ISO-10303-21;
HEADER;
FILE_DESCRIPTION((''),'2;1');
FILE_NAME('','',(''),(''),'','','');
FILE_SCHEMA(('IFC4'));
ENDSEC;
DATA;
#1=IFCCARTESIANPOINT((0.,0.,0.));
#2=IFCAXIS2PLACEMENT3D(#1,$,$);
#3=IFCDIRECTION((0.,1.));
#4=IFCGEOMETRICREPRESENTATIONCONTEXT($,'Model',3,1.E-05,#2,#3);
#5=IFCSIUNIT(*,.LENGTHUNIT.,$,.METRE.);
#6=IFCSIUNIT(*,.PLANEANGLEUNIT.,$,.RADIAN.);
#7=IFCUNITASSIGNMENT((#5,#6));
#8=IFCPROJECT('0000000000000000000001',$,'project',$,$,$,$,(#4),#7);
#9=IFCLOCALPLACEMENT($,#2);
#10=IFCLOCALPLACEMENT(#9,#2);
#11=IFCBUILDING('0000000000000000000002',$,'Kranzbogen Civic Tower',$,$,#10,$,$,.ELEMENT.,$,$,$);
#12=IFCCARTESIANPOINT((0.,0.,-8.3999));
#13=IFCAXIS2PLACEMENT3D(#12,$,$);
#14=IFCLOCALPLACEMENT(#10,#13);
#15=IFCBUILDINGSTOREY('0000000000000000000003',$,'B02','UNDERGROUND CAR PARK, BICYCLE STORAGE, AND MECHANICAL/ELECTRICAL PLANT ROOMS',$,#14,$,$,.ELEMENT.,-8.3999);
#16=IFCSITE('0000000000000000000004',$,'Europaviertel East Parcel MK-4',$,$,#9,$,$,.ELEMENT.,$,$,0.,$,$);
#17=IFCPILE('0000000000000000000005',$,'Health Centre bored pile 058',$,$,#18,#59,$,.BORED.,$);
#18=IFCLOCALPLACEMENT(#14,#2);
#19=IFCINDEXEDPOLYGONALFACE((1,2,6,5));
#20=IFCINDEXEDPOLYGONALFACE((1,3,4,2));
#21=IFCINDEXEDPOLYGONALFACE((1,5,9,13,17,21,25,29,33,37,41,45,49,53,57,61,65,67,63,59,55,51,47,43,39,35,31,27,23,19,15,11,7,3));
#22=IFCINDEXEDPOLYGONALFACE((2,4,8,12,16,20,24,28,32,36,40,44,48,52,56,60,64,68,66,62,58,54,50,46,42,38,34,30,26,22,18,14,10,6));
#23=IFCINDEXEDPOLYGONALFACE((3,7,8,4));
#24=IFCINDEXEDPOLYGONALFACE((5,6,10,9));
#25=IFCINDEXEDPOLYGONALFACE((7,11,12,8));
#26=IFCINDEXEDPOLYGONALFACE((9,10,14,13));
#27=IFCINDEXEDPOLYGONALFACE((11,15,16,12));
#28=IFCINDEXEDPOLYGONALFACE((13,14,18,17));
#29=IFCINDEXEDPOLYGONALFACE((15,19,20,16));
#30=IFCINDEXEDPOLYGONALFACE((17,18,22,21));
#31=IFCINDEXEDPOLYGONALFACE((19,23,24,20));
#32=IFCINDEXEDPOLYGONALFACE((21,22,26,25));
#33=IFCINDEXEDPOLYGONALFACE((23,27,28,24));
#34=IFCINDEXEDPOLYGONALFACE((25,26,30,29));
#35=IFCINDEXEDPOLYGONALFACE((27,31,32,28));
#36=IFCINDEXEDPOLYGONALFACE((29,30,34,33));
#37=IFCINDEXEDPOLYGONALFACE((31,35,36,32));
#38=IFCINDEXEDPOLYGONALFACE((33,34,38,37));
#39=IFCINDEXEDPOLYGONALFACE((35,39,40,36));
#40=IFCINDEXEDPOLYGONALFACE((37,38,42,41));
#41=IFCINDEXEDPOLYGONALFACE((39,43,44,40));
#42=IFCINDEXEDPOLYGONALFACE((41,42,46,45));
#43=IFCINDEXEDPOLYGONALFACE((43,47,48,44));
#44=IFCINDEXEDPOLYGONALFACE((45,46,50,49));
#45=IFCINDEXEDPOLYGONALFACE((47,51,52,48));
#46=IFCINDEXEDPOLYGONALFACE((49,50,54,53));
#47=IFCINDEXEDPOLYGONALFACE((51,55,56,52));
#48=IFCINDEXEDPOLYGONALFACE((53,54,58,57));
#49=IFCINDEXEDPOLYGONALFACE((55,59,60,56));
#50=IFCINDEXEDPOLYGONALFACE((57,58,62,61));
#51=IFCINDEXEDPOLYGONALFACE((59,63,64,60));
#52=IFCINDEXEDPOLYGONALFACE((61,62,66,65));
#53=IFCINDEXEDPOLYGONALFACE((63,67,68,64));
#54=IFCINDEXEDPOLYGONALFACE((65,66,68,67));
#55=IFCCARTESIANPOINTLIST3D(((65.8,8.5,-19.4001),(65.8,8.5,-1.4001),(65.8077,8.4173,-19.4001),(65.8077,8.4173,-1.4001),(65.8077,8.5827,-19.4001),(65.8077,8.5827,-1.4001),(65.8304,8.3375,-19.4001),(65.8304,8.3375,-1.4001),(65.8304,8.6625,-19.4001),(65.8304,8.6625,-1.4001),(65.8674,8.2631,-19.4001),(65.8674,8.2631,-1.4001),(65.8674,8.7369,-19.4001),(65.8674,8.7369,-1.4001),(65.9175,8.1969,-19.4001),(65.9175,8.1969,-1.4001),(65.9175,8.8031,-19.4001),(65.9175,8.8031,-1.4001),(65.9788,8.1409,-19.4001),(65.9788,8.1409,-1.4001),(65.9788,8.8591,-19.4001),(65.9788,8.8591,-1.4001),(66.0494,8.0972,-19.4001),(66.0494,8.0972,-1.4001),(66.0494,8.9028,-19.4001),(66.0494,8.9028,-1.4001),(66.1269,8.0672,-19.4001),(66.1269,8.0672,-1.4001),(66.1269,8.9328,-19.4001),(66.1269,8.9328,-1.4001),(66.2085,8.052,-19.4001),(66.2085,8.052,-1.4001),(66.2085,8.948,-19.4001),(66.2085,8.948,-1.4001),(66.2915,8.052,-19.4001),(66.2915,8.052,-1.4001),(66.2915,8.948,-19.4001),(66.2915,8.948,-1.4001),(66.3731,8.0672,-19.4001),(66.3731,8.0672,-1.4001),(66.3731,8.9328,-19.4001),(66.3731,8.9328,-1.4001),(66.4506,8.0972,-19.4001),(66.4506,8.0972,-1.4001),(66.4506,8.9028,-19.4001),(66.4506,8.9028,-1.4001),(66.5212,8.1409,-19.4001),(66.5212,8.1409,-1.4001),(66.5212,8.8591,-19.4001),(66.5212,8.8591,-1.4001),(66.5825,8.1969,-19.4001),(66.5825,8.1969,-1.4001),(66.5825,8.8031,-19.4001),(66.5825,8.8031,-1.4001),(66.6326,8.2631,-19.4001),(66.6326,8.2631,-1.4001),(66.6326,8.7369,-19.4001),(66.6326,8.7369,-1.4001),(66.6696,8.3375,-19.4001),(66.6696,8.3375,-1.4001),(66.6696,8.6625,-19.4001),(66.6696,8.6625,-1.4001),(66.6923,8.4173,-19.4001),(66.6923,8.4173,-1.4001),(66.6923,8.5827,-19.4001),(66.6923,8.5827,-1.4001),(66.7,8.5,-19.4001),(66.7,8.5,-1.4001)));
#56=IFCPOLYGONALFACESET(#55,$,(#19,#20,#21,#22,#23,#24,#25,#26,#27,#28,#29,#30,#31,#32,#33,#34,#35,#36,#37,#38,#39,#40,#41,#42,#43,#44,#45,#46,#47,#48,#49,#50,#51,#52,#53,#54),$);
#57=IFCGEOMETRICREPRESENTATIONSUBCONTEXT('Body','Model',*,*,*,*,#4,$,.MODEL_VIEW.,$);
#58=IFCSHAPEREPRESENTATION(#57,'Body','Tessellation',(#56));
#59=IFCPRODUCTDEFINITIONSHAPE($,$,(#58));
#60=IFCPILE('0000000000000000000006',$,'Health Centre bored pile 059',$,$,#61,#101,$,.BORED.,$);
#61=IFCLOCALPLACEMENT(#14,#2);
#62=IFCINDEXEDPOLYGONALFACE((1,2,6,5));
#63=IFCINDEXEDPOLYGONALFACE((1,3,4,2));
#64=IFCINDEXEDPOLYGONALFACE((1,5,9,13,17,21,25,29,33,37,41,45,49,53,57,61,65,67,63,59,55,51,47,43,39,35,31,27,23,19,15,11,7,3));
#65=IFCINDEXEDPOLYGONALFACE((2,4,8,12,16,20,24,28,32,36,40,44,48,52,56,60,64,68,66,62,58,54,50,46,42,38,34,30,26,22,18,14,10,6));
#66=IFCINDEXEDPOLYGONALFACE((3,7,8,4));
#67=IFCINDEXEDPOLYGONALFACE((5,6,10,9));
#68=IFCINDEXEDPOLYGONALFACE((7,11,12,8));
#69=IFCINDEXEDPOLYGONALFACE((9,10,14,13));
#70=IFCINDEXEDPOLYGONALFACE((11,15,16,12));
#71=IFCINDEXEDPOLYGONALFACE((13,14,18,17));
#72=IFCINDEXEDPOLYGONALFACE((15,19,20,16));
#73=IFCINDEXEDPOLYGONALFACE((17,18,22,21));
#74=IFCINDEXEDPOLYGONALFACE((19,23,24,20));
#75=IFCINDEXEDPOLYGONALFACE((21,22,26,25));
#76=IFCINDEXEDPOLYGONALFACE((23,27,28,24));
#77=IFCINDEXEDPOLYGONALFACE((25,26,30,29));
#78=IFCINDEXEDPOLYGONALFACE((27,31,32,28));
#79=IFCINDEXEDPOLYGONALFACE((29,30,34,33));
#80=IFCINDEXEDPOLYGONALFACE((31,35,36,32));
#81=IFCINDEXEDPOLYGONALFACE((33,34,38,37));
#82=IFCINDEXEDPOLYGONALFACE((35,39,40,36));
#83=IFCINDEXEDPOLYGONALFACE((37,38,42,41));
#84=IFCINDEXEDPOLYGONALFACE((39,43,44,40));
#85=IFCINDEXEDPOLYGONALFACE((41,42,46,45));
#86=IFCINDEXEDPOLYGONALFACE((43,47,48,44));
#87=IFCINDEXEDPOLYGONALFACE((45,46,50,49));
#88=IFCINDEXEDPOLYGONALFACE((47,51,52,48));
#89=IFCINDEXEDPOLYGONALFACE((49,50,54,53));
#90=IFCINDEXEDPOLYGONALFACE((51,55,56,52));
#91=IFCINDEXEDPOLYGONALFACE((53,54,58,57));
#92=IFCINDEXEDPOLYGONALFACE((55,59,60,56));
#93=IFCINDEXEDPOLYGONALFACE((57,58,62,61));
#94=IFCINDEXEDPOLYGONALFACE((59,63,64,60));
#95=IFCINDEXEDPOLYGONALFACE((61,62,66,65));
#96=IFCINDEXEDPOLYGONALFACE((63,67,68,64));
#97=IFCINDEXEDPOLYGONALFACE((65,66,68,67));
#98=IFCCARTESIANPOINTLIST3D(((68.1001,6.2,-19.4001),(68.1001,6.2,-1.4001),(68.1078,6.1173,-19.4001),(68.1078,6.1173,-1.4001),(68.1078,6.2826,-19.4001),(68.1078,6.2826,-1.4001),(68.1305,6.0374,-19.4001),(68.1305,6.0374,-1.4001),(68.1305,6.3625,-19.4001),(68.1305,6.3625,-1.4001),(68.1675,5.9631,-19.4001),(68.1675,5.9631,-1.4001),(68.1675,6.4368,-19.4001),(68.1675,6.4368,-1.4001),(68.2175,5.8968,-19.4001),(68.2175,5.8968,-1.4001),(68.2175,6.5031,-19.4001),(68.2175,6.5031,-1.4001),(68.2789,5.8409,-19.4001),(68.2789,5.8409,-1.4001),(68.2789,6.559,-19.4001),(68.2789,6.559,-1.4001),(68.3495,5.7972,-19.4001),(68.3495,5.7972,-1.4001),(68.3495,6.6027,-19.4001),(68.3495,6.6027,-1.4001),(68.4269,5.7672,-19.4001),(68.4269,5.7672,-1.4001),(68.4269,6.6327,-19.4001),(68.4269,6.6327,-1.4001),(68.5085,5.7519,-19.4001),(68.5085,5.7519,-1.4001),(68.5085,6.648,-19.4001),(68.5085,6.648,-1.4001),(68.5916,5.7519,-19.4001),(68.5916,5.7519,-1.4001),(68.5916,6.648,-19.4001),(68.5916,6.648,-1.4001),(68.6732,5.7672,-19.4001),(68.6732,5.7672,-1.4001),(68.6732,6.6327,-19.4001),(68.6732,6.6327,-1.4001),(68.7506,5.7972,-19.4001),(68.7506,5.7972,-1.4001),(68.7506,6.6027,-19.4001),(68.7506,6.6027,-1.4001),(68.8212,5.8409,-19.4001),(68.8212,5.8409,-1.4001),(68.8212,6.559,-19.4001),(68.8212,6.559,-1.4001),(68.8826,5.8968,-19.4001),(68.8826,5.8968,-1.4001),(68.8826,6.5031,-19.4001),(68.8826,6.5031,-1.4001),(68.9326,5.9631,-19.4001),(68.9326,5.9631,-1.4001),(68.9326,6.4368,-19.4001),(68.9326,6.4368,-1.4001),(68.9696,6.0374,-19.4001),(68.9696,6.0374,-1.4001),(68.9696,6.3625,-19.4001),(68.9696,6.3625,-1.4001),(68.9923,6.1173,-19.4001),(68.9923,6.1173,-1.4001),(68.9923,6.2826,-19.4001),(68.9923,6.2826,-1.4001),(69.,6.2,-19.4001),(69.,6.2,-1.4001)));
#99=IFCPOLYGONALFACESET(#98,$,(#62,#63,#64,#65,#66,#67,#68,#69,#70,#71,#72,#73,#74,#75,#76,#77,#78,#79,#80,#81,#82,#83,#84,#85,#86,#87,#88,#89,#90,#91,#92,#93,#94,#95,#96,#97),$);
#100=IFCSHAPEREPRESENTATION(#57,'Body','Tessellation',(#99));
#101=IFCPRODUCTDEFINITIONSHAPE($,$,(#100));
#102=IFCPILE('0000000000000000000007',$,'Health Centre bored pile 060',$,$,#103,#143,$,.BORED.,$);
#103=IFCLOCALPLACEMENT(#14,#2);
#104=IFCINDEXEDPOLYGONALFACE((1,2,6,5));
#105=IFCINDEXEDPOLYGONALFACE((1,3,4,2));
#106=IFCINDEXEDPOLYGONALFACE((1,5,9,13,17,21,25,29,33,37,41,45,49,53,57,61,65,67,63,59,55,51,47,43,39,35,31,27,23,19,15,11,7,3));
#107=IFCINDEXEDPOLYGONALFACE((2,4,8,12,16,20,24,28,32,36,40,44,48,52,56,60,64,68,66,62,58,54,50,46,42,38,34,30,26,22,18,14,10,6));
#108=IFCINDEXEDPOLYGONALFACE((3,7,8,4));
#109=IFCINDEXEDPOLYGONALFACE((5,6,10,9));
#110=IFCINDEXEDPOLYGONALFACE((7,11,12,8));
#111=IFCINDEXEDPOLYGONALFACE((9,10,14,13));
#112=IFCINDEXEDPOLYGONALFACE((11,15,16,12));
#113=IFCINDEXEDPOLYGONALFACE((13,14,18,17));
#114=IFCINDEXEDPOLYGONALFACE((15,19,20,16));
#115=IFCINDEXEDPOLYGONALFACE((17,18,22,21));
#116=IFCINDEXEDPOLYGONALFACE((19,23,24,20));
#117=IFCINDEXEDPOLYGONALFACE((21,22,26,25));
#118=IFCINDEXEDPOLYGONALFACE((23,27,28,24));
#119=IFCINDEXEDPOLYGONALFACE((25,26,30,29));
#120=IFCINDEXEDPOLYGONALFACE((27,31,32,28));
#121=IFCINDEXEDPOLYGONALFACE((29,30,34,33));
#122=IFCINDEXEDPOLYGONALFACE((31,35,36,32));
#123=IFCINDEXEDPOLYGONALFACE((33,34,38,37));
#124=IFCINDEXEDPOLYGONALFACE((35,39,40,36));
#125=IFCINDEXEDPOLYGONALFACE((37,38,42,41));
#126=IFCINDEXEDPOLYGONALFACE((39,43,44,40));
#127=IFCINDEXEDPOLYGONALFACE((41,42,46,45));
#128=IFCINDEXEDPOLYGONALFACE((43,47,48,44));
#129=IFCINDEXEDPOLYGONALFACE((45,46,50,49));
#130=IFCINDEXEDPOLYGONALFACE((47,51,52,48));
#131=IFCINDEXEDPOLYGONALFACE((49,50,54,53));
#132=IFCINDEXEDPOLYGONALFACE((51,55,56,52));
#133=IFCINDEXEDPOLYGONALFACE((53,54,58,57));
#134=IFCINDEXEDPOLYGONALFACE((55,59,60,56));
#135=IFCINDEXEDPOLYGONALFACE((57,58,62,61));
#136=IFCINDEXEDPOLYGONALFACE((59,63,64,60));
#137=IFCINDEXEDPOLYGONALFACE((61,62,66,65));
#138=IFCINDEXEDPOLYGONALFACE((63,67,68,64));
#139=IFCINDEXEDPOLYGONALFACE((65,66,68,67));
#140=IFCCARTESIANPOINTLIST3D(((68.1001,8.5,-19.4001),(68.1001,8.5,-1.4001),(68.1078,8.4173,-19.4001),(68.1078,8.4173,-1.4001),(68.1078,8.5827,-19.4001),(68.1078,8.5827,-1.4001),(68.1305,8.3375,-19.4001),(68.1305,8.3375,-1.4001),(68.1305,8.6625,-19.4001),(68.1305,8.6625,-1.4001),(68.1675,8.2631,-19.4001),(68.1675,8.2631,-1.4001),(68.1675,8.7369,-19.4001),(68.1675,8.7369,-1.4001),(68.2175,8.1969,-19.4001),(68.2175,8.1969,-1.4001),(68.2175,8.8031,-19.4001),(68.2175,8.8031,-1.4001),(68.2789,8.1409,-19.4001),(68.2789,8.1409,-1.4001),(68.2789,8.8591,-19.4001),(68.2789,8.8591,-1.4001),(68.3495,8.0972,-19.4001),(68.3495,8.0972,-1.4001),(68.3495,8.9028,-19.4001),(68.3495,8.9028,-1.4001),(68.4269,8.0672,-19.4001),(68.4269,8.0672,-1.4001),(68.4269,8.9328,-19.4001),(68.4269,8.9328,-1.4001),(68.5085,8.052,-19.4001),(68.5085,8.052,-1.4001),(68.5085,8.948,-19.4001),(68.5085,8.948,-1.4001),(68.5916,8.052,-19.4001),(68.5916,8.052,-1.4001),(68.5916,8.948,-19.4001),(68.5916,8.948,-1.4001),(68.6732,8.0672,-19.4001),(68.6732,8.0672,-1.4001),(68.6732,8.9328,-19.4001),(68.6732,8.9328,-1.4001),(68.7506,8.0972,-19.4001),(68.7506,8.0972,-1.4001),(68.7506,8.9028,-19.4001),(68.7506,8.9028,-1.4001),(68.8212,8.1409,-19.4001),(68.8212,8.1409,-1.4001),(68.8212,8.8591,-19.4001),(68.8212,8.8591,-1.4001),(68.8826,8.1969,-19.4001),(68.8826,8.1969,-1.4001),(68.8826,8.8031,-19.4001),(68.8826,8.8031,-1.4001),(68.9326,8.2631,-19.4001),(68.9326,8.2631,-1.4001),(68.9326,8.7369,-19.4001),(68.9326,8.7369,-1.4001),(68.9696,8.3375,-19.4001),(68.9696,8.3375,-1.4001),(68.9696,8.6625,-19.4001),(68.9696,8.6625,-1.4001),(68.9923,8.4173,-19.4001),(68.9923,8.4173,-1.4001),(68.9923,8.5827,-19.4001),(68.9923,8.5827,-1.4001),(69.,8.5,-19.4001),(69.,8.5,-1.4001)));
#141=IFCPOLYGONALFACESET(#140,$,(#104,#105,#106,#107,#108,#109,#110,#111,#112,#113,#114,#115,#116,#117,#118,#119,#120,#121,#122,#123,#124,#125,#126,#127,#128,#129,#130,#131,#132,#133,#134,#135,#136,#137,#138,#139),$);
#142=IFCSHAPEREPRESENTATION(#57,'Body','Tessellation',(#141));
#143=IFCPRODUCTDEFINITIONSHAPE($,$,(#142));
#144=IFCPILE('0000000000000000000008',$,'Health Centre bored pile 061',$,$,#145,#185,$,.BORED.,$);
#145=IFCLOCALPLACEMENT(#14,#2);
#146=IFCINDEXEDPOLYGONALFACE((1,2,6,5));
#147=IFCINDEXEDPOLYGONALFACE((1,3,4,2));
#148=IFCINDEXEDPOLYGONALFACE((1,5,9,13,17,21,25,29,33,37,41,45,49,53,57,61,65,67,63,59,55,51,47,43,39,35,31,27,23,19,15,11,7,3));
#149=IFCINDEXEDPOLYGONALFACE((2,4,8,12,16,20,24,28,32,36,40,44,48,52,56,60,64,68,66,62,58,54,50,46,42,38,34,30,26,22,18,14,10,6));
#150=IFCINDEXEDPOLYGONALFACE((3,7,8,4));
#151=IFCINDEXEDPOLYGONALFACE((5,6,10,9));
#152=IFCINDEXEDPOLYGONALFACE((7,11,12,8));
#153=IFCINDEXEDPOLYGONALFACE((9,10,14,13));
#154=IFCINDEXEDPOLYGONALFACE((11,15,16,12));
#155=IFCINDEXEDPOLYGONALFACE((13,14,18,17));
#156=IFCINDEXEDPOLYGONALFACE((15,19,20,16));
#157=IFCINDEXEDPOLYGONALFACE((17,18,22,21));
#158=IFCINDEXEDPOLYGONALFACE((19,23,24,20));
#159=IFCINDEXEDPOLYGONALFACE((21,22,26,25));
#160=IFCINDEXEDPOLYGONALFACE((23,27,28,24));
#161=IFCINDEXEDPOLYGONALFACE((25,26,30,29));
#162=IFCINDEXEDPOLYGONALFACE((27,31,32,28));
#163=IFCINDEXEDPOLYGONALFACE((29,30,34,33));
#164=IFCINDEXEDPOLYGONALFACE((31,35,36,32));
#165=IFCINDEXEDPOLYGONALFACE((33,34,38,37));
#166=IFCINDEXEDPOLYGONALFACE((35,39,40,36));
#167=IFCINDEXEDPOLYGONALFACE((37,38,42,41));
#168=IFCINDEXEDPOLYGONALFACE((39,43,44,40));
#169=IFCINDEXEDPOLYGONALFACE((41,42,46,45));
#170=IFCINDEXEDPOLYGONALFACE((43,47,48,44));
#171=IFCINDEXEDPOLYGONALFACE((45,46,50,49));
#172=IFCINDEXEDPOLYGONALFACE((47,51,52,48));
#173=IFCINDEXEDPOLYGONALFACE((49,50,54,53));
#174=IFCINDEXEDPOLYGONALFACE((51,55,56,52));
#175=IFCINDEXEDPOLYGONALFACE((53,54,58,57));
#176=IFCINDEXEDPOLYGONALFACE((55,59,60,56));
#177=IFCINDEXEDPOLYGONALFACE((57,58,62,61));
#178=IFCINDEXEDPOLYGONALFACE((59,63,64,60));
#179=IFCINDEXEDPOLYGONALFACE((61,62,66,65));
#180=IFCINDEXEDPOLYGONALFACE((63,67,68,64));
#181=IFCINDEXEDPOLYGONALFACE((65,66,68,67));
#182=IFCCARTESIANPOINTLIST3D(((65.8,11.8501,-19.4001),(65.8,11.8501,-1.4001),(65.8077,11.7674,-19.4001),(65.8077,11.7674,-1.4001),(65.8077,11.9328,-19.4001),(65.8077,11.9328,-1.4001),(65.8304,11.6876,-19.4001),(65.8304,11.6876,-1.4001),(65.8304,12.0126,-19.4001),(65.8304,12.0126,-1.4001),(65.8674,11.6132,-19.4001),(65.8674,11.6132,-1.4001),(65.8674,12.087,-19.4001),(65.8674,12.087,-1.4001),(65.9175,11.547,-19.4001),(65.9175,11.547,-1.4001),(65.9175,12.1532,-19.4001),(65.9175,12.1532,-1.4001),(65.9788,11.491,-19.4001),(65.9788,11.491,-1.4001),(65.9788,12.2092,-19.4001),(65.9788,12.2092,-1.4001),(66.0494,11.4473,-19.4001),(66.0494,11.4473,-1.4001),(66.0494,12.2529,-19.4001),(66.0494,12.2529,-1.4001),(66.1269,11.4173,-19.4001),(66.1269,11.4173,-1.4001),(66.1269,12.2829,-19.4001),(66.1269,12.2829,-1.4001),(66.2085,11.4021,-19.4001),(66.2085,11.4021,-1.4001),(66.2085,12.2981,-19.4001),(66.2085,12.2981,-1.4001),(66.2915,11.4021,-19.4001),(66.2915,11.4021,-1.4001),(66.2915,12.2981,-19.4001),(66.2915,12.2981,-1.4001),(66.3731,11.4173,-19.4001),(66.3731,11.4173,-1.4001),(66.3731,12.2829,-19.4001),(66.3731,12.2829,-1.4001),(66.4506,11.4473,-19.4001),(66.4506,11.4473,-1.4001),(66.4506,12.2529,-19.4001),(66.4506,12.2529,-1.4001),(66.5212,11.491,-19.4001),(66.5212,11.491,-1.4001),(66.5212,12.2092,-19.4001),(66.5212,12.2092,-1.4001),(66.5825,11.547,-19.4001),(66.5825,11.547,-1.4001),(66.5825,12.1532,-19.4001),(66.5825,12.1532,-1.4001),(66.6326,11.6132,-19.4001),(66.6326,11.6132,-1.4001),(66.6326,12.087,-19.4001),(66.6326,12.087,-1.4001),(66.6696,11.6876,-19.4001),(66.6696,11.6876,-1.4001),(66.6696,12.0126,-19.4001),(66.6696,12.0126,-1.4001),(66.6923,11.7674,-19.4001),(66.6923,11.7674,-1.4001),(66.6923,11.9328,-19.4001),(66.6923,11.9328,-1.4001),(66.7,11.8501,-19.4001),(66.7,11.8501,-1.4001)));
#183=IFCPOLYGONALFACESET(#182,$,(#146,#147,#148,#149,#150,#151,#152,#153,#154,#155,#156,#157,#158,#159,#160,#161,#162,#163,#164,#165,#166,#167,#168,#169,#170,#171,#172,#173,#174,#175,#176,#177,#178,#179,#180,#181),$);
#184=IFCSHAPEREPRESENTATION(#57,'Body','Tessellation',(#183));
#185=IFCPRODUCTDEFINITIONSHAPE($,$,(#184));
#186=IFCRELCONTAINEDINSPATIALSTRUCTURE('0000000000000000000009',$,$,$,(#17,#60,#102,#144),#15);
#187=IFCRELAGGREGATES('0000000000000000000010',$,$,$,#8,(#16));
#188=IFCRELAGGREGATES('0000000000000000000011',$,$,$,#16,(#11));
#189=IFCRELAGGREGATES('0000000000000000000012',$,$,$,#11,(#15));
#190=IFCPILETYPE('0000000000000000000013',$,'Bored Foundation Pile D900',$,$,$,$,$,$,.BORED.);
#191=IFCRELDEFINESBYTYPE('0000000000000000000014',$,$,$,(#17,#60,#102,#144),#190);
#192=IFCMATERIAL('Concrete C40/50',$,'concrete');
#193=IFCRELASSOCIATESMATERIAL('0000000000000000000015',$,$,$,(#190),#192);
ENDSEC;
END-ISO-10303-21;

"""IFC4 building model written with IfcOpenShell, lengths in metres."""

from ifc_helpers import new_model, si_unit, direction, frame, origin, origin_2d, place, context, subcontext, project, spatial, circle, extrude, material, material_profile, profile_set, type_object, element, save


model = new_model("IFC4")

# Units and contexts
model_context = context("Model", 3, precision=1e-05, world=origin(), true_north=direction((0.0, 1.0)))
body_context = subcontext(model_context, "Body", "Model", "MODEL_VIEW")
ifc_project = project(units=[si_unit("LENGTHUNIT", "METRE"), si_unit("PLANEANGLEUNIT", "RADIAN")], contexts=[model_context])

# Site, building, storey
site_placement = place(None, origin())
site = spatial("IfcSite", under=ifc_project, at=site_placement, Name="Europaviertel East Parcel MK-4", CompositionType="ELEMENT", RefElevation=0.0)
building_placement = place(site_placement, origin())
building = spatial("IfcBuilding", under=site, at=building_placement, Name="Kranzbogen Civic Tower", CompositionType="ELEMENT")
storey_placement = place(building_placement, frame((0.0, 0.0, -8.3999)))
storey = spatial("IfcBuildingStorey", under=building, at=storey_placement, Name="B02", Description="UNDERGROUND CAR PARK, BICYCLE STORAGE, AND MECHANICAL/ELECTRICAL PLANT ROOMS", CompositionType="ELEMENT", Elevation=-8.3999)

# Piles
ifc_material_1 = material(Name="Concrete C40/50", Category="concrete")
ifc_material_profile_1 = material_profile(ifc_material_1, circle(Radius=0.45, at=origin_2d()), Name="PILE D900")
ifc_profile_set_1 = profile_set([ifc_material_profile_1], Name="Concrete C40/50")
pile_type = type_object("IfcPileType", Name="Bored Foundation Pile D900", PredefinedType="BORED", material=ifc_profile_set_1)
for number, where, z_axis, x_axis, name in (
    (1, (66.25, 8.5, -1.4001), (0.0, 0.0, -1.0), (1.0, 0.0, 0.0), "Health Centre bored pile 058"),
    (2, (68.55, 6.2, -1.4001), (0.0, 0.0, -1.0), (1.0, 0.0, 0.0), "Health Centre bored pile 059"),
    (3, (68.55, 8.5, -1.4001), (0.0, 0.0, -1.0), (1.0, 0.0, 0.0), "Health Centre bored pile 060"),
    (4, (66.25, 11.8501, -1.4001), (0.0, 0.0, -1.0), (1.0, 0.0, 0.0), "Health Centre bored pile 061"),
):
    element("IfcPile", number, at=place(storey_placement, frame(where, z_axis=z_axis, x_axis=x_axis)), inside=storey, type_object=pile_type, Name=name, PredefinedType="BORED", context=body_context, shape_type="SweptSolid", body=[
        extrude(circle(Radius=0.45, at=origin_2d()), origin(), (0.0, 0.0, 1.0), 18.0),
    ])

save(model, "model.ifc")
